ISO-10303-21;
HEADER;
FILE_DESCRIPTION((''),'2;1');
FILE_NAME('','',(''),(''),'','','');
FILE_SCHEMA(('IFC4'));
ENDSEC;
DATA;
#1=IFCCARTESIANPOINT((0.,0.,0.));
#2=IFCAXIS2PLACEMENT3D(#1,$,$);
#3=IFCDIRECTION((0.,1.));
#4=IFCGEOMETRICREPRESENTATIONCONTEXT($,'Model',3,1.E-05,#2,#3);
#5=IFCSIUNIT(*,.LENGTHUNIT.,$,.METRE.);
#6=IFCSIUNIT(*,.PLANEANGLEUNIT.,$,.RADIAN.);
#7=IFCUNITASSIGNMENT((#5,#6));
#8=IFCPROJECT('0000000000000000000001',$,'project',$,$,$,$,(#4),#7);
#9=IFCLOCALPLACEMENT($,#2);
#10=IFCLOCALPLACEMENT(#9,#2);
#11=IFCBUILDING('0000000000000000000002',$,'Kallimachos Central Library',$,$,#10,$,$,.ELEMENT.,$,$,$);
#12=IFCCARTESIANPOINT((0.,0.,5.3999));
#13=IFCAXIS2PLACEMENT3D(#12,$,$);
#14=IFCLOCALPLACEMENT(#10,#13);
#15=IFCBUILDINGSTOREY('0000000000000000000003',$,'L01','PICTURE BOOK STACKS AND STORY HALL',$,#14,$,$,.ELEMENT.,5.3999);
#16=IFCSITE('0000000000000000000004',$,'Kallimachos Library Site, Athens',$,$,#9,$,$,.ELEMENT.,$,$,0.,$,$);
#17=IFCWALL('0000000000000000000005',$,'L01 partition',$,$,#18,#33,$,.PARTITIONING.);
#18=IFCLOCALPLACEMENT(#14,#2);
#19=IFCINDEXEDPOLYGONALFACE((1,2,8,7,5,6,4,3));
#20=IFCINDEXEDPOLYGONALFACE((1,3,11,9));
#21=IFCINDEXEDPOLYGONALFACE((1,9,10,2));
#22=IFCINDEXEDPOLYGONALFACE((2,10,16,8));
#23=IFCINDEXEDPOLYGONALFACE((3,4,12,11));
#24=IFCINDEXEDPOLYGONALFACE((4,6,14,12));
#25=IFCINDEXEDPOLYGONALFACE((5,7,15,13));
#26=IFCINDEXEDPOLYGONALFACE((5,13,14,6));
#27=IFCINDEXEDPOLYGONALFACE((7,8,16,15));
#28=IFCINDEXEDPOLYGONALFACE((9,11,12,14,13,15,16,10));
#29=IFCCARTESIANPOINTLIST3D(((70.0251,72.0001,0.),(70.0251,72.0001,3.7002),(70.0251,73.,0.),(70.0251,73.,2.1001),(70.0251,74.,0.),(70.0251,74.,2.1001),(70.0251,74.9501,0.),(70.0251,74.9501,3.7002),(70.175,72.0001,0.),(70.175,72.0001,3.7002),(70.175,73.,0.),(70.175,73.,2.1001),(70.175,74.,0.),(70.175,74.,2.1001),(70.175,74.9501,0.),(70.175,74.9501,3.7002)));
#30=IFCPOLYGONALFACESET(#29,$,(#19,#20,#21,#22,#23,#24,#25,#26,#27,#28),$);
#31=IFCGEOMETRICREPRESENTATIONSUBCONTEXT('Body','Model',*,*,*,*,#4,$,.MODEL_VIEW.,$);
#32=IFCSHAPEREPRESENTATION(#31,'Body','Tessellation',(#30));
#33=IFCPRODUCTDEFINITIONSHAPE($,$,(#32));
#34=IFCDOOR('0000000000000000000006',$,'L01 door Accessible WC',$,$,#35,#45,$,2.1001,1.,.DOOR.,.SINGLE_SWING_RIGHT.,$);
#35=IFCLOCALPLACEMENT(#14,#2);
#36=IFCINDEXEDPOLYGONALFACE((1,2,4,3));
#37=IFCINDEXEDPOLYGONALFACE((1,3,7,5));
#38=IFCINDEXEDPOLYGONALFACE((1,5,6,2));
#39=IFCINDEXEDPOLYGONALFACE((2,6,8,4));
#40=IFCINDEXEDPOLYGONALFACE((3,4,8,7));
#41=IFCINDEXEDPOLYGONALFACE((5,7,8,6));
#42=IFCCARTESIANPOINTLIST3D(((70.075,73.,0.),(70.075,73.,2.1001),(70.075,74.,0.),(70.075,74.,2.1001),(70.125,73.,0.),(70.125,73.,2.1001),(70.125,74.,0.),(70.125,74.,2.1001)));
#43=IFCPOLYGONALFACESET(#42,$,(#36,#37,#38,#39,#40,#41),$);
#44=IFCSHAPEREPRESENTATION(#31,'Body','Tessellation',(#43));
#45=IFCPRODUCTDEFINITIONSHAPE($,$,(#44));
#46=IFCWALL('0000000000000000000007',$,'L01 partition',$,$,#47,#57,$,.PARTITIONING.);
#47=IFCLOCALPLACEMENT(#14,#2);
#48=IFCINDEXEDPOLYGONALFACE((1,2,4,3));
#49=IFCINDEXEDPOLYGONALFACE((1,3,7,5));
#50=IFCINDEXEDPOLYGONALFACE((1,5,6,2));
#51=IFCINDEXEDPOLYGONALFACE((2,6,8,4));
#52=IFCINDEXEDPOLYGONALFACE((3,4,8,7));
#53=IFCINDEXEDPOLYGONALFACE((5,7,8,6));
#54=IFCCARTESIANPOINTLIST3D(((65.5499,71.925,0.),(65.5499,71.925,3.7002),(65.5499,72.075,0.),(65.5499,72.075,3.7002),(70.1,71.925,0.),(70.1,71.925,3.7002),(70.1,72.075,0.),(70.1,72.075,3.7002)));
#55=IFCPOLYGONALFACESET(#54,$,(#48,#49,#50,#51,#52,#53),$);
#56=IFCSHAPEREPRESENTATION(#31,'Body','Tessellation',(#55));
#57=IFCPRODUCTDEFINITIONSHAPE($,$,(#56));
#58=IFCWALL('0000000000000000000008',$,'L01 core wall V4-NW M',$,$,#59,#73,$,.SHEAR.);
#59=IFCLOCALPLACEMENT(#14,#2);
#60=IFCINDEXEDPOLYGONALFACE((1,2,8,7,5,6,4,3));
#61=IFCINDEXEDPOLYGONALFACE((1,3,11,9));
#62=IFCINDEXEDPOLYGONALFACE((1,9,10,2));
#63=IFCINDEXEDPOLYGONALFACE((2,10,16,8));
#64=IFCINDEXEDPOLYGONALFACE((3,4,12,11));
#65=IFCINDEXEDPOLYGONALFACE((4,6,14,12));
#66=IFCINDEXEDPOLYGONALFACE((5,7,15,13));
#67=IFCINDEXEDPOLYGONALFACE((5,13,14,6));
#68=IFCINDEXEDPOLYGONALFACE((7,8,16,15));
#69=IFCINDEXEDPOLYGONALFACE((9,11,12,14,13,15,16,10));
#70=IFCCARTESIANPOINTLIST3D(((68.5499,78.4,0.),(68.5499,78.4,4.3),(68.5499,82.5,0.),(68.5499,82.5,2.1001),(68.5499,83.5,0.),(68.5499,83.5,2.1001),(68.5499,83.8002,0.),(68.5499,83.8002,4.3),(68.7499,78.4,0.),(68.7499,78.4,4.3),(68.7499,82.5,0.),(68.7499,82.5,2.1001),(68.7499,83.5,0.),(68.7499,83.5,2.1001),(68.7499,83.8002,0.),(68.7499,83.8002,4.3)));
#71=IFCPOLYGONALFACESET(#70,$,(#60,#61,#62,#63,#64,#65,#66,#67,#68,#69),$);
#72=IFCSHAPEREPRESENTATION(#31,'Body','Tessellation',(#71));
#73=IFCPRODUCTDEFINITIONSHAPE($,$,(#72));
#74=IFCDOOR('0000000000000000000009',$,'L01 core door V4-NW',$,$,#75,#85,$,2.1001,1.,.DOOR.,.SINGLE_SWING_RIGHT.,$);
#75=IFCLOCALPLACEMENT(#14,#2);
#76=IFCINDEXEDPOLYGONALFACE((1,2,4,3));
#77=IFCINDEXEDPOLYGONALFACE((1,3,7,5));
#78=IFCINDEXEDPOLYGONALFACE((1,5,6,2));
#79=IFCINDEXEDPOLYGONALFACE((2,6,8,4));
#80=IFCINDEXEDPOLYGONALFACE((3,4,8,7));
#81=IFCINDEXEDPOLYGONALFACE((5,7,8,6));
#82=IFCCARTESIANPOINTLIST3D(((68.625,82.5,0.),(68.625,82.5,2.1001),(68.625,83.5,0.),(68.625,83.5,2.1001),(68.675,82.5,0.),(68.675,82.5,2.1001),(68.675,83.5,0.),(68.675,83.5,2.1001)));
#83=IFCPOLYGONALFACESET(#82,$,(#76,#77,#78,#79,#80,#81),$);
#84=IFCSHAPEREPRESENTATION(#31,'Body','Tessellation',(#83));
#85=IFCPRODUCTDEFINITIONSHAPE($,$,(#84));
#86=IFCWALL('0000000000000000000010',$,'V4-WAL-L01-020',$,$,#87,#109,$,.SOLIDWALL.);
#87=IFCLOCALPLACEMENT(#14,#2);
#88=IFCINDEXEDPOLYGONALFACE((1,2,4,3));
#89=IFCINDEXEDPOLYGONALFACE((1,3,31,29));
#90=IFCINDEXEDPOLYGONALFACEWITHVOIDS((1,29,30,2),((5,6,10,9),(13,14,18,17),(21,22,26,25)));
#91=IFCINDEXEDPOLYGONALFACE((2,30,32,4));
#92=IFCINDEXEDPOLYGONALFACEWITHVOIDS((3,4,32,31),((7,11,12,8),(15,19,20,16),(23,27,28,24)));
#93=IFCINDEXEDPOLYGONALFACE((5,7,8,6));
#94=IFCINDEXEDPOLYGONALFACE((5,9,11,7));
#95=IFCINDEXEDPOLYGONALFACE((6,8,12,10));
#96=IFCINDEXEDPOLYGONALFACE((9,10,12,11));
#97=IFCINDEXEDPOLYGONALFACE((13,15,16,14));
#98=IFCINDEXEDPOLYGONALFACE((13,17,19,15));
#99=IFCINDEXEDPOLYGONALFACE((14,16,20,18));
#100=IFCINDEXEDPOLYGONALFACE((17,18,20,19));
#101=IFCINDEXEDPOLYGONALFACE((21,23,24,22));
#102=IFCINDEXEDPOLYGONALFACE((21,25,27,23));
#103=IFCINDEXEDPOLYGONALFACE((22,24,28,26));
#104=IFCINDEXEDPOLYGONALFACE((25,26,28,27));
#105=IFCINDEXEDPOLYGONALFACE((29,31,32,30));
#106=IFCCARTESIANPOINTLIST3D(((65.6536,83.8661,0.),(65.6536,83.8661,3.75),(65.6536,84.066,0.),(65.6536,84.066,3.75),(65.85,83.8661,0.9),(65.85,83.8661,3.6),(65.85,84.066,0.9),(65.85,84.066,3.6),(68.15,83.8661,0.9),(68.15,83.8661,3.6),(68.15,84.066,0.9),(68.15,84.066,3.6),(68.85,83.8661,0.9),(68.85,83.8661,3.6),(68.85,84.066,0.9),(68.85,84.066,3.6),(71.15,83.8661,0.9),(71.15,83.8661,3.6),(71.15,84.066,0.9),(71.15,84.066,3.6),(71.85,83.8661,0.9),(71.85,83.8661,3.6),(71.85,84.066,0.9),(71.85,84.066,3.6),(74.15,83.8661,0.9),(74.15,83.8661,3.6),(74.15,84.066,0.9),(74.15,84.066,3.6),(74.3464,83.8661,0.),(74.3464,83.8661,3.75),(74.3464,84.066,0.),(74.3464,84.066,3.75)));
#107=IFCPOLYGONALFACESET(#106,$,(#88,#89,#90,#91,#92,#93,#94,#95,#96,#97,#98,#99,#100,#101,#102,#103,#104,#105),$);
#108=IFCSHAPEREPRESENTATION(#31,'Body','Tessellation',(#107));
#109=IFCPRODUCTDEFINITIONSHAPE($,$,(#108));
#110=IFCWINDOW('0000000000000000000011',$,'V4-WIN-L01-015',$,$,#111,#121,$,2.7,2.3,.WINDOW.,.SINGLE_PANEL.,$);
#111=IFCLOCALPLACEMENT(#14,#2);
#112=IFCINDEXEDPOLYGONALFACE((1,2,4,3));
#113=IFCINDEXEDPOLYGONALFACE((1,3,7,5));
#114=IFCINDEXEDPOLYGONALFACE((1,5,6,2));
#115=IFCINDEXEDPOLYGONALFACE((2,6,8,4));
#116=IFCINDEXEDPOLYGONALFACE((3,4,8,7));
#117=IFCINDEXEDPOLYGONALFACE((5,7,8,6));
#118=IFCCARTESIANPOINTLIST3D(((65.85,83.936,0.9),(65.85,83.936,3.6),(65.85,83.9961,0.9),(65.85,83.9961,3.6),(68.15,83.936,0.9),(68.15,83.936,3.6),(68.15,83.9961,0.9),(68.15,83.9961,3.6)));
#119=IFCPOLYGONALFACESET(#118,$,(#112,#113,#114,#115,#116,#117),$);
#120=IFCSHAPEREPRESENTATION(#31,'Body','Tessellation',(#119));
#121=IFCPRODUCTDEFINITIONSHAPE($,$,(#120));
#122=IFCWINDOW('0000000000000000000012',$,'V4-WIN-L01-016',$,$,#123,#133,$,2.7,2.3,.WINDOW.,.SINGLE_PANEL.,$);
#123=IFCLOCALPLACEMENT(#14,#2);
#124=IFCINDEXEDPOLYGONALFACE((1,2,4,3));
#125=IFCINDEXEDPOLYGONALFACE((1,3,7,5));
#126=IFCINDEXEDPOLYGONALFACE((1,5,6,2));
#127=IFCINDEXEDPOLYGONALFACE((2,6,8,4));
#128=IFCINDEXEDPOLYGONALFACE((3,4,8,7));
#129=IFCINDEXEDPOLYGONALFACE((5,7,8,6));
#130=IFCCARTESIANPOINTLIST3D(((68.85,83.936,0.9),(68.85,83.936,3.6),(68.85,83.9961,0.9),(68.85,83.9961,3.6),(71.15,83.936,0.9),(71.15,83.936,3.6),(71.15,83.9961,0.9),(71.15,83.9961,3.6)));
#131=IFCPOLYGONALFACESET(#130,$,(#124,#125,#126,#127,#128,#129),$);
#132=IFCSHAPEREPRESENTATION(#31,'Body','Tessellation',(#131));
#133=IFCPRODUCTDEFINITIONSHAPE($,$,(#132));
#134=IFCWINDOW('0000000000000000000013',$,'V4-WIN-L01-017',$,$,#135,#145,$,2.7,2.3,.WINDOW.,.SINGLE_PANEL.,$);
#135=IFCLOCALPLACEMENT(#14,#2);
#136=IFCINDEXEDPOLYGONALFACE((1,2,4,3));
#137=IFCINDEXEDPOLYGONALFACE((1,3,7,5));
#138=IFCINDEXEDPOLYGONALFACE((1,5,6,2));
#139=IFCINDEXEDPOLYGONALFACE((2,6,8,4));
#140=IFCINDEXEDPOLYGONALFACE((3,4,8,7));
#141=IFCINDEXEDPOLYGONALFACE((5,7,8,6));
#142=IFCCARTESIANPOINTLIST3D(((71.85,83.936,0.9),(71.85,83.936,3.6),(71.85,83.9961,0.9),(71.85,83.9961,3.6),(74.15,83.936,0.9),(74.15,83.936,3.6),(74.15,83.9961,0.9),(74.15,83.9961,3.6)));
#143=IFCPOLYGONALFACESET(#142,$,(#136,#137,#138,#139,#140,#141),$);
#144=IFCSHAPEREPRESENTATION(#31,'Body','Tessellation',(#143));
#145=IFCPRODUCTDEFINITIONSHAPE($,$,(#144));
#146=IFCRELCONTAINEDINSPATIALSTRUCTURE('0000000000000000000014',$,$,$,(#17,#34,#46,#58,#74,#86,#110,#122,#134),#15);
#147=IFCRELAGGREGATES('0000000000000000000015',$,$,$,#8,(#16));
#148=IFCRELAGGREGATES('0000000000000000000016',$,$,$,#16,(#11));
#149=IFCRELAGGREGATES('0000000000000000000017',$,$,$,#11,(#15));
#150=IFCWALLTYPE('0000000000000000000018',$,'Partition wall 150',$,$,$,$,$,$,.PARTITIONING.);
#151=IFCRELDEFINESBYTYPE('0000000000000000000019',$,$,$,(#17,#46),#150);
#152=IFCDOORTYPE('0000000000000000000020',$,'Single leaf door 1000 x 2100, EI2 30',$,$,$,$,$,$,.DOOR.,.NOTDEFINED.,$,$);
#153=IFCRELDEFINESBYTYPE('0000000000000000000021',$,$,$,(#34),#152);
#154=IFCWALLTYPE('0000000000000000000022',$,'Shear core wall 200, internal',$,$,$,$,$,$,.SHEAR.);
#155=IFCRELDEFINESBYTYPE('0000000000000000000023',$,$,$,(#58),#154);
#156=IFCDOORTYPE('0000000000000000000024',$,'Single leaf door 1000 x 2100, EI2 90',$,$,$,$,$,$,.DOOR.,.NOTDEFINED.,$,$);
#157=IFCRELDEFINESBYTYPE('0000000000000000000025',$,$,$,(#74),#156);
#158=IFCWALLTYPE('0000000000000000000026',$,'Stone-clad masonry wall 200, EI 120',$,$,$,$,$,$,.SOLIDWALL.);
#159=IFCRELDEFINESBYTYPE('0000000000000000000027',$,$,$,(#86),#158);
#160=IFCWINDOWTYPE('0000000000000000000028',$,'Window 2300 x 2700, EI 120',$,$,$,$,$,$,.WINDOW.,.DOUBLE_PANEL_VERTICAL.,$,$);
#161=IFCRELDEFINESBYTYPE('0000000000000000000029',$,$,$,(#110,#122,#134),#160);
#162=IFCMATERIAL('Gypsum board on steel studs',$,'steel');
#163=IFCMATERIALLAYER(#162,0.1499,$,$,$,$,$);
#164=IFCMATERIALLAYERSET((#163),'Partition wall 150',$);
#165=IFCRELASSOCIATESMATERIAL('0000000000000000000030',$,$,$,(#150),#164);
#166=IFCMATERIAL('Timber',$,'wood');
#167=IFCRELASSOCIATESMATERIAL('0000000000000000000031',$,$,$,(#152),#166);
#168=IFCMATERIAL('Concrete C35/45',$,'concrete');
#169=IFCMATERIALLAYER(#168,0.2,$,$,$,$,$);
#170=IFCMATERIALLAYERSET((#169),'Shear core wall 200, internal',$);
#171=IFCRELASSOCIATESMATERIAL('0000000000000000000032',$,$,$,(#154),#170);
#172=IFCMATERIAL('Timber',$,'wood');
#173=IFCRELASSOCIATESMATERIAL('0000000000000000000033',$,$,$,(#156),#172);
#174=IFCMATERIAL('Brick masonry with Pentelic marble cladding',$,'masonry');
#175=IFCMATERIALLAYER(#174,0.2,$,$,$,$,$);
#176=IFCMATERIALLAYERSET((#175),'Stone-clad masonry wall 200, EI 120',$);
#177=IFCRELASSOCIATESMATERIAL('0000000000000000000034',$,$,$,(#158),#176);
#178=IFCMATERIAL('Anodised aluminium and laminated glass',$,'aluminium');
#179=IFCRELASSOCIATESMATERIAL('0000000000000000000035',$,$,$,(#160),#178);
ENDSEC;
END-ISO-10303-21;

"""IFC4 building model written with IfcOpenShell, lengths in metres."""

from ifc_helpers import new_model, si_unit, direction, frame, frame_2d, origin, place, context, subcontext, project, spatial, rectangle, extrude, material, layer, layer_set, type_object, element, fill, save


model = new_model("IFC4")

# Units and contexts
model_context = context("Model", 3, precision=1e-05, world=origin(), true_north=direction((0.0, 1.0)))
body_context = subcontext(model_context, "Body", "Model", "MODEL_VIEW")
ifc_project = project(units=[si_unit("LENGTHUNIT", "METRE"), si_unit("PLANEANGLEUNIT", "RADIAN")], contexts=[model_context])

# Site, building, storey
site_placement = place(None, origin())
site = spatial("IfcSite", under=ifc_project, at=site_placement, Name="Kallimachos Library Site, Athens", CompositionType="ELEMENT", RefElevation=0.0)
building_placement = place(site_placement, origin())
building = spatial("IfcBuilding", under=site, at=building_placement, Name="Kallimachos Central Library", CompositionType="ELEMENT")
storey_placement = place(building_placement, frame((0.0, 0.0, 5.3999)))
storey = spatial("IfcBuildingStorey", under=building, at=storey_placement, Name="L01", Description="PICTURE BOOK STACKS AND STORY HALL", CompositionType="ELEMENT", Elevation=5.3999)

# Wall, opening, door
ifc_material_1 = material(Name="Gypsum board on steel studs", Category="steel")
ifc_layer_1 = layer(ifc_material_1, 0.1499)
ifc_layer_set_1 = layer_set([ifc_layer_1], Name="Partition wall 150")
wall_type_1 = type_object("IfcWallType", Name="Partition wall 150", PredefinedType="PARTITIONING", material=ifc_layer_set_1)
wall_1_placement = place(storey_placement, frame((70.1001, 72.0, 0.0), z_axis=(0.0, 0.0, 1.0), x_axis=(0.0, 1.0, 0.0)))
wall_1 = element("IfcWall", 1, at=wall_1_placement, inside=storey, type_object=wall_type_1, Name="L01 partition", PredefinedType="PARTITIONING", context=body_context, shape_type="SweptSolid", body=[
    extrude(rectangle(XDim=2.95, YDim=0.1499, at=frame_2d((1.4751, 0.0))), origin(), (0.0, 0.0, 1.0), 3.7002),
])
opening_1_placement = place(wall_1_placement, frame((1.0, 0.0, 0.0)))
opening_1 = element("IfcOpeningElement", 2, at=opening_1_placement, cuts=wall_1, PredefinedType="OPENING", context=body_context, shape_type="SweptSolid", body=[
    extrude(rectangle(XDim=1.0, YDim=2.1001, at=frame_2d((0.5, 1.05))), frame((0.0, 0.085, 0.0), z_axis=(0.0, -1.0, 0.0), x_axis=(1.0, 0.0, 0.0)), (0.0, 0.0, 1.0), 0.1699),
])
ifc_material_2 = material(Name="Timber", Category="wood")
door_type_1 = type_object("IfcDoorType", Name="Single leaf door 1000 x 2100, EI2 30", OperationType="NOTDEFINED", PredefinedType="DOOR", material=ifc_material_2)
door_1_placement = place(opening_1_placement, frame((1.0, 0.0, 0.0), z_axis=(0.0, 0.0, 1.0), x_axis=(-1.0, 0.0, 0.0)))
door_1 = element("IfcDoor", 3, at=door_1_placement, inside=storey, type_object=door_type_1, Name="L01 door Accessible WC", OperationType="SINGLE_SWING_RIGHT", OverallHeight=2.1001, OverallWidth=1.0, PredefinedType="DOOR", context=body_context, shape_type="SweptSolid", body=[
    extrude(rectangle(XDim=1.0, YDim=2.1001, at=frame_2d((0.5, 1.05))), frame((0.0, 0.0249, 0.0), z_axis=(0.0, -1.0, 0.0), x_axis=(1.0, 0.0, 0.0)), (0.0, 0.0, 1.0), 0.05),
])
fill(opening_1, door_1)

# Wall
wall_2_placement = place(storey_placement, frame((65.55, 72.0, 0.0), z_axis=(0.0, 0.0, 1.0), x_axis=(1.0, 0.0, 0.0)))
element("IfcWall", 4, at=wall_2_placement, inside=storey, type_object=wall_type_1, Name="L01 partition", PredefinedType="PARTITIONING", context=body_context, shape_type="SweptSolid", body=[
    extrude(rectangle(XDim=4.55, YDim=0.1499, at=frame_2d((2.2749, 0.0))), origin(), (0.0, 0.0, 1.0), 3.7002),
])

# Wall, opening, door
ifc_material_3 = material(Name="Concrete C35/45", Category="concrete")
ifc_layer_2 = layer(ifc_material_3, 0.2)
ifc_layer_set_2 = layer_set([ifc_layer_2], Name="Shear core wall 200, internal")
wall_type_2 = type_object("IfcWallType", Name="Shear core wall 200, internal", PredefinedType="SHEAR", material=ifc_layer_set_2)
wall_3_placement = place(storey_placement, frame((68.6499, 78.3999, 0.0), z_axis=(0.0, 0.0, 1.0), x_axis=(0.0, 1.0, 0.0)))
wall_3 = element("IfcWall", 5, at=wall_3_placement, inside=storey, type_object=wall_type_2, Name="L01 core wall V4-NW M", PredefinedType="SHEAR", context=body_context, shape_type="SweptSolid", body=[
    extrude(rectangle(XDim=5.4001, YDim=0.2, at=frame_2d((2.7002, 0.0))), origin(), (0.0, 0.0, 1.0), 4.3),
])
opening_2_placement = place(wall_3_placement, frame((4.1001, 0.0, 0.0)))
opening_2 = element("IfcOpeningElement", 6, at=opening_2_placement, cuts=wall_3, PredefinedType="OPENING", context=body_context, shape_type="SweptSolid", body=[
    extrude(rectangle(XDim=1.0, YDim=2.1001, at=frame_2d((0.5, 1.05))), frame((0.0, 0.1099, 0.0), z_axis=(0.0, -1.0, 0.0), x_axis=(1.0, 0.0, 0.0)), (0.0, 0.0, 1.0), 0.22),
])
ifc_material_4 = material(Name="Timber", Category="wood")
door_type_2 = type_object("IfcDoorType", Name="Single leaf door 1000 x 2100, EI2 90", OperationType="NOTDEFINED", PredefinedType="DOOR", material=ifc_material_4)
door_2_placement = place(opening_2_placement, origin())
door_2 = element("IfcDoor", 7, at=door_2_placement, inside=storey, type_object=door_type_2, Name="L01 core door V4-NW", OperationType="SINGLE_SWING_RIGHT", OverallHeight=2.1001, OverallWidth=1.0, PredefinedType="DOOR", context=body_context, shape_type="SweptSolid", body=[
    extrude(rectangle(XDim=1.0, YDim=2.1001, at=frame_2d((0.5, 1.05))), frame((0.0, 0.0249, 0.0), z_axis=(0.0, -1.0, 0.0), x_axis=(1.0, 0.0, 0.0)), (0.0, 0.0, 1.0), 0.05),
])
fill(opening_2, door_2)

# Wall, openings, windows
ifc_material_5 = material(Name="Brick masonry with Pentelic marble cladding", Category="masonry")
ifc_layer_3 = layer(ifc_material_5, 0.2)
ifc_layer_set_3 = layer_set([ifc_layer_3], Name="Stone-clad masonry wall 200, EI 120")
wall_type_3 = type_object("IfcWallType", Name="Stone-clad masonry wall 200, EI 120", PredefinedType="SOLIDWALL", material=ifc_layer_set_3)
wall_4_placement = place(storey_placement, frame((65.6536, 83.9661, 0.0), z_axis=(0.0, 0.0, 1.0), x_axis=(1.0, 0.0, 0.0)))
wall_4 = element("IfcWall", 8, at=wall_4_placement, inside=storey, type_object=wall_type_3, Name="V4-WAL-L01-020", PredefinedType="SOLIDWALL", context=body_context, shape_type="SweptSolid", body=[
    extrude(rectangle(XDim=8.6929, YDim=0.2, at=frame_2d((4.3464, 0.0))), origin(), (0.0, 0.0, 1.0), 3.75),
])
opening_3_placement = place(wall_4_placement, frame((0.1965, 0.0, 0.8999)))
opening_3 = element("IfcOpeningElement", 9, at=opening_3_placement, cuts=wall_4, PredefinedType="OPENING", context=body_context, shape_type="SweptSolid", body=[
    extrude(rectangle(XDim=2.3, YDim=2.7, at=frame_2d((1.1499, 1.3501))), frame((0.0, 0.1099, 0.0), z_axis=(0.0, -1.0, 0.0), x_axis=(1.0, 0.0, 0.0)), (0.0, 0.0, 1.0), 0.22),
])
opening_4_placement = place(wall_4_placement, frame((3.1965, 0.0, 0.8999)))
opening_4 = element("IfcOpeningElement", 10, at=opening_4_placement, cuts=wall_4, PredefinedType="OPENING", context=body_context, shape_type="SweptSolid", body=[
    extrude(rectangle(XDim=2.3, YDim=2.7, at=frame_2d((1.1499, 1.3501))), frame((0.0, 0.1099, 0.0), z_axis=(0.0, -1.0, 0.0), x_axis=(1.0, 0.0, 0.0)), (0.0, 0.0, 1.0), 0.22),
])
opening_5_placement = place(wall_4_placement, frame((6.1965, 0.0, 0.8999)))
opening_5 = element("IfcOpeningElement", 11, at=opening_5_placement, cuts=wall_4, PredefinedType="OPENING", context=body_context, shape_type="SweptSolid", body=[
    extrude(rectangle(XDim=2.3, YDim=2.7, at=frame_2d((1.1499, 1.3501))), frame((0.0, 0.1099, 0.0), z_axis=(0.0, -1.0, 0.0), x_axis=(1.0, 0.0, 0.0)), (0.0, 0.0, 1.0), 0.22),
])
ifc_material_6 = material(Name="Anodised aluminium and laminated glass", Category="aluminium")
window_type = type_object("IfcWindowType", Name="Window 2300 x 2700, EI 120", PartitioningType="DOUBLE_PANEL_VERTICAL", PredefinedType="WINDOW", material=ifc_material_6)
window_1_placement = place(opening_3_placement, origin())
window_1 = element("IfcWindow", 12, at=window_1_placement, inside=storey, type_object=window_type, Name="V4-WIN-L01-015", OverallHeight=2.7, OverallWidth=2.3, PartitioningType="SINGLE_PANEL", PredefinedType="WINDOW", context=body_context, shape_type="SweptSolid", body=[
    extrude(rectangle(XDim=2.3, YDim=2.7, at=frame_2d((1.1499, 1.3501))), frame((0.0, 0.03, 0.0), z_axis=(0.0, -1.0, 0.0), x_axis=(1.0, 0.0, 0.0)), (0.0, 0.0, 1.0), 0.0601),
])
fill(opening_3, window_1)
window_2_placement = place(opening_4_placement, origin())
window_2 = element("IfcWindow", 13, at=window_2_placement, inside=storey, type_object=window_type, Name="V4-WIN-L01-016", OverallHeight=2.7, OverallWidth=2.3, PartitioningType="SINGLE_PANEL", PredefinedType="WINDOW", context=body_context, shape_type="SweptSolid", body=[
    extrude(rectangle(XDim=2.3, YDim=2.7, at=frame_2d((1.1499, 1.3501))), frame((0.0, 0.03, 0.0), z_axis=(0.0, -1.0, 0.0), x_axis=(1.0, 0.0, 0.0)), (0.0, 0.0, 1.0), 0.0601),
])
fill(opening_4, window_2)
window_3_placement = place(opening_5_placement, origin())
window_3 = element("IfcWindow", 14, at=window_3_placement, inside=storey, type_object=window_type, Name="V4-WIN-L01-017", OverallHeight=2.7, OverallWidth=2.3, PartitioningType="SINGLE_PANEL", PredefinedType="WINDOW", context=body_context, shape_type="SweptSolid", body=[
    extrude(rectangle(XDim=2.3, YDim=2.7, at=frame_2d((1.1499, 1.3501))), frame((0.0, 0.03, 0.0), z_axis=(0.0, -1.0, 0.0), x_axis=(1.0, 0.0, 0.0)), (0.0, 0.0, 1.0), 0.0601),
])
fill(opening_5, window_3)

save(model, "model.ifc")
